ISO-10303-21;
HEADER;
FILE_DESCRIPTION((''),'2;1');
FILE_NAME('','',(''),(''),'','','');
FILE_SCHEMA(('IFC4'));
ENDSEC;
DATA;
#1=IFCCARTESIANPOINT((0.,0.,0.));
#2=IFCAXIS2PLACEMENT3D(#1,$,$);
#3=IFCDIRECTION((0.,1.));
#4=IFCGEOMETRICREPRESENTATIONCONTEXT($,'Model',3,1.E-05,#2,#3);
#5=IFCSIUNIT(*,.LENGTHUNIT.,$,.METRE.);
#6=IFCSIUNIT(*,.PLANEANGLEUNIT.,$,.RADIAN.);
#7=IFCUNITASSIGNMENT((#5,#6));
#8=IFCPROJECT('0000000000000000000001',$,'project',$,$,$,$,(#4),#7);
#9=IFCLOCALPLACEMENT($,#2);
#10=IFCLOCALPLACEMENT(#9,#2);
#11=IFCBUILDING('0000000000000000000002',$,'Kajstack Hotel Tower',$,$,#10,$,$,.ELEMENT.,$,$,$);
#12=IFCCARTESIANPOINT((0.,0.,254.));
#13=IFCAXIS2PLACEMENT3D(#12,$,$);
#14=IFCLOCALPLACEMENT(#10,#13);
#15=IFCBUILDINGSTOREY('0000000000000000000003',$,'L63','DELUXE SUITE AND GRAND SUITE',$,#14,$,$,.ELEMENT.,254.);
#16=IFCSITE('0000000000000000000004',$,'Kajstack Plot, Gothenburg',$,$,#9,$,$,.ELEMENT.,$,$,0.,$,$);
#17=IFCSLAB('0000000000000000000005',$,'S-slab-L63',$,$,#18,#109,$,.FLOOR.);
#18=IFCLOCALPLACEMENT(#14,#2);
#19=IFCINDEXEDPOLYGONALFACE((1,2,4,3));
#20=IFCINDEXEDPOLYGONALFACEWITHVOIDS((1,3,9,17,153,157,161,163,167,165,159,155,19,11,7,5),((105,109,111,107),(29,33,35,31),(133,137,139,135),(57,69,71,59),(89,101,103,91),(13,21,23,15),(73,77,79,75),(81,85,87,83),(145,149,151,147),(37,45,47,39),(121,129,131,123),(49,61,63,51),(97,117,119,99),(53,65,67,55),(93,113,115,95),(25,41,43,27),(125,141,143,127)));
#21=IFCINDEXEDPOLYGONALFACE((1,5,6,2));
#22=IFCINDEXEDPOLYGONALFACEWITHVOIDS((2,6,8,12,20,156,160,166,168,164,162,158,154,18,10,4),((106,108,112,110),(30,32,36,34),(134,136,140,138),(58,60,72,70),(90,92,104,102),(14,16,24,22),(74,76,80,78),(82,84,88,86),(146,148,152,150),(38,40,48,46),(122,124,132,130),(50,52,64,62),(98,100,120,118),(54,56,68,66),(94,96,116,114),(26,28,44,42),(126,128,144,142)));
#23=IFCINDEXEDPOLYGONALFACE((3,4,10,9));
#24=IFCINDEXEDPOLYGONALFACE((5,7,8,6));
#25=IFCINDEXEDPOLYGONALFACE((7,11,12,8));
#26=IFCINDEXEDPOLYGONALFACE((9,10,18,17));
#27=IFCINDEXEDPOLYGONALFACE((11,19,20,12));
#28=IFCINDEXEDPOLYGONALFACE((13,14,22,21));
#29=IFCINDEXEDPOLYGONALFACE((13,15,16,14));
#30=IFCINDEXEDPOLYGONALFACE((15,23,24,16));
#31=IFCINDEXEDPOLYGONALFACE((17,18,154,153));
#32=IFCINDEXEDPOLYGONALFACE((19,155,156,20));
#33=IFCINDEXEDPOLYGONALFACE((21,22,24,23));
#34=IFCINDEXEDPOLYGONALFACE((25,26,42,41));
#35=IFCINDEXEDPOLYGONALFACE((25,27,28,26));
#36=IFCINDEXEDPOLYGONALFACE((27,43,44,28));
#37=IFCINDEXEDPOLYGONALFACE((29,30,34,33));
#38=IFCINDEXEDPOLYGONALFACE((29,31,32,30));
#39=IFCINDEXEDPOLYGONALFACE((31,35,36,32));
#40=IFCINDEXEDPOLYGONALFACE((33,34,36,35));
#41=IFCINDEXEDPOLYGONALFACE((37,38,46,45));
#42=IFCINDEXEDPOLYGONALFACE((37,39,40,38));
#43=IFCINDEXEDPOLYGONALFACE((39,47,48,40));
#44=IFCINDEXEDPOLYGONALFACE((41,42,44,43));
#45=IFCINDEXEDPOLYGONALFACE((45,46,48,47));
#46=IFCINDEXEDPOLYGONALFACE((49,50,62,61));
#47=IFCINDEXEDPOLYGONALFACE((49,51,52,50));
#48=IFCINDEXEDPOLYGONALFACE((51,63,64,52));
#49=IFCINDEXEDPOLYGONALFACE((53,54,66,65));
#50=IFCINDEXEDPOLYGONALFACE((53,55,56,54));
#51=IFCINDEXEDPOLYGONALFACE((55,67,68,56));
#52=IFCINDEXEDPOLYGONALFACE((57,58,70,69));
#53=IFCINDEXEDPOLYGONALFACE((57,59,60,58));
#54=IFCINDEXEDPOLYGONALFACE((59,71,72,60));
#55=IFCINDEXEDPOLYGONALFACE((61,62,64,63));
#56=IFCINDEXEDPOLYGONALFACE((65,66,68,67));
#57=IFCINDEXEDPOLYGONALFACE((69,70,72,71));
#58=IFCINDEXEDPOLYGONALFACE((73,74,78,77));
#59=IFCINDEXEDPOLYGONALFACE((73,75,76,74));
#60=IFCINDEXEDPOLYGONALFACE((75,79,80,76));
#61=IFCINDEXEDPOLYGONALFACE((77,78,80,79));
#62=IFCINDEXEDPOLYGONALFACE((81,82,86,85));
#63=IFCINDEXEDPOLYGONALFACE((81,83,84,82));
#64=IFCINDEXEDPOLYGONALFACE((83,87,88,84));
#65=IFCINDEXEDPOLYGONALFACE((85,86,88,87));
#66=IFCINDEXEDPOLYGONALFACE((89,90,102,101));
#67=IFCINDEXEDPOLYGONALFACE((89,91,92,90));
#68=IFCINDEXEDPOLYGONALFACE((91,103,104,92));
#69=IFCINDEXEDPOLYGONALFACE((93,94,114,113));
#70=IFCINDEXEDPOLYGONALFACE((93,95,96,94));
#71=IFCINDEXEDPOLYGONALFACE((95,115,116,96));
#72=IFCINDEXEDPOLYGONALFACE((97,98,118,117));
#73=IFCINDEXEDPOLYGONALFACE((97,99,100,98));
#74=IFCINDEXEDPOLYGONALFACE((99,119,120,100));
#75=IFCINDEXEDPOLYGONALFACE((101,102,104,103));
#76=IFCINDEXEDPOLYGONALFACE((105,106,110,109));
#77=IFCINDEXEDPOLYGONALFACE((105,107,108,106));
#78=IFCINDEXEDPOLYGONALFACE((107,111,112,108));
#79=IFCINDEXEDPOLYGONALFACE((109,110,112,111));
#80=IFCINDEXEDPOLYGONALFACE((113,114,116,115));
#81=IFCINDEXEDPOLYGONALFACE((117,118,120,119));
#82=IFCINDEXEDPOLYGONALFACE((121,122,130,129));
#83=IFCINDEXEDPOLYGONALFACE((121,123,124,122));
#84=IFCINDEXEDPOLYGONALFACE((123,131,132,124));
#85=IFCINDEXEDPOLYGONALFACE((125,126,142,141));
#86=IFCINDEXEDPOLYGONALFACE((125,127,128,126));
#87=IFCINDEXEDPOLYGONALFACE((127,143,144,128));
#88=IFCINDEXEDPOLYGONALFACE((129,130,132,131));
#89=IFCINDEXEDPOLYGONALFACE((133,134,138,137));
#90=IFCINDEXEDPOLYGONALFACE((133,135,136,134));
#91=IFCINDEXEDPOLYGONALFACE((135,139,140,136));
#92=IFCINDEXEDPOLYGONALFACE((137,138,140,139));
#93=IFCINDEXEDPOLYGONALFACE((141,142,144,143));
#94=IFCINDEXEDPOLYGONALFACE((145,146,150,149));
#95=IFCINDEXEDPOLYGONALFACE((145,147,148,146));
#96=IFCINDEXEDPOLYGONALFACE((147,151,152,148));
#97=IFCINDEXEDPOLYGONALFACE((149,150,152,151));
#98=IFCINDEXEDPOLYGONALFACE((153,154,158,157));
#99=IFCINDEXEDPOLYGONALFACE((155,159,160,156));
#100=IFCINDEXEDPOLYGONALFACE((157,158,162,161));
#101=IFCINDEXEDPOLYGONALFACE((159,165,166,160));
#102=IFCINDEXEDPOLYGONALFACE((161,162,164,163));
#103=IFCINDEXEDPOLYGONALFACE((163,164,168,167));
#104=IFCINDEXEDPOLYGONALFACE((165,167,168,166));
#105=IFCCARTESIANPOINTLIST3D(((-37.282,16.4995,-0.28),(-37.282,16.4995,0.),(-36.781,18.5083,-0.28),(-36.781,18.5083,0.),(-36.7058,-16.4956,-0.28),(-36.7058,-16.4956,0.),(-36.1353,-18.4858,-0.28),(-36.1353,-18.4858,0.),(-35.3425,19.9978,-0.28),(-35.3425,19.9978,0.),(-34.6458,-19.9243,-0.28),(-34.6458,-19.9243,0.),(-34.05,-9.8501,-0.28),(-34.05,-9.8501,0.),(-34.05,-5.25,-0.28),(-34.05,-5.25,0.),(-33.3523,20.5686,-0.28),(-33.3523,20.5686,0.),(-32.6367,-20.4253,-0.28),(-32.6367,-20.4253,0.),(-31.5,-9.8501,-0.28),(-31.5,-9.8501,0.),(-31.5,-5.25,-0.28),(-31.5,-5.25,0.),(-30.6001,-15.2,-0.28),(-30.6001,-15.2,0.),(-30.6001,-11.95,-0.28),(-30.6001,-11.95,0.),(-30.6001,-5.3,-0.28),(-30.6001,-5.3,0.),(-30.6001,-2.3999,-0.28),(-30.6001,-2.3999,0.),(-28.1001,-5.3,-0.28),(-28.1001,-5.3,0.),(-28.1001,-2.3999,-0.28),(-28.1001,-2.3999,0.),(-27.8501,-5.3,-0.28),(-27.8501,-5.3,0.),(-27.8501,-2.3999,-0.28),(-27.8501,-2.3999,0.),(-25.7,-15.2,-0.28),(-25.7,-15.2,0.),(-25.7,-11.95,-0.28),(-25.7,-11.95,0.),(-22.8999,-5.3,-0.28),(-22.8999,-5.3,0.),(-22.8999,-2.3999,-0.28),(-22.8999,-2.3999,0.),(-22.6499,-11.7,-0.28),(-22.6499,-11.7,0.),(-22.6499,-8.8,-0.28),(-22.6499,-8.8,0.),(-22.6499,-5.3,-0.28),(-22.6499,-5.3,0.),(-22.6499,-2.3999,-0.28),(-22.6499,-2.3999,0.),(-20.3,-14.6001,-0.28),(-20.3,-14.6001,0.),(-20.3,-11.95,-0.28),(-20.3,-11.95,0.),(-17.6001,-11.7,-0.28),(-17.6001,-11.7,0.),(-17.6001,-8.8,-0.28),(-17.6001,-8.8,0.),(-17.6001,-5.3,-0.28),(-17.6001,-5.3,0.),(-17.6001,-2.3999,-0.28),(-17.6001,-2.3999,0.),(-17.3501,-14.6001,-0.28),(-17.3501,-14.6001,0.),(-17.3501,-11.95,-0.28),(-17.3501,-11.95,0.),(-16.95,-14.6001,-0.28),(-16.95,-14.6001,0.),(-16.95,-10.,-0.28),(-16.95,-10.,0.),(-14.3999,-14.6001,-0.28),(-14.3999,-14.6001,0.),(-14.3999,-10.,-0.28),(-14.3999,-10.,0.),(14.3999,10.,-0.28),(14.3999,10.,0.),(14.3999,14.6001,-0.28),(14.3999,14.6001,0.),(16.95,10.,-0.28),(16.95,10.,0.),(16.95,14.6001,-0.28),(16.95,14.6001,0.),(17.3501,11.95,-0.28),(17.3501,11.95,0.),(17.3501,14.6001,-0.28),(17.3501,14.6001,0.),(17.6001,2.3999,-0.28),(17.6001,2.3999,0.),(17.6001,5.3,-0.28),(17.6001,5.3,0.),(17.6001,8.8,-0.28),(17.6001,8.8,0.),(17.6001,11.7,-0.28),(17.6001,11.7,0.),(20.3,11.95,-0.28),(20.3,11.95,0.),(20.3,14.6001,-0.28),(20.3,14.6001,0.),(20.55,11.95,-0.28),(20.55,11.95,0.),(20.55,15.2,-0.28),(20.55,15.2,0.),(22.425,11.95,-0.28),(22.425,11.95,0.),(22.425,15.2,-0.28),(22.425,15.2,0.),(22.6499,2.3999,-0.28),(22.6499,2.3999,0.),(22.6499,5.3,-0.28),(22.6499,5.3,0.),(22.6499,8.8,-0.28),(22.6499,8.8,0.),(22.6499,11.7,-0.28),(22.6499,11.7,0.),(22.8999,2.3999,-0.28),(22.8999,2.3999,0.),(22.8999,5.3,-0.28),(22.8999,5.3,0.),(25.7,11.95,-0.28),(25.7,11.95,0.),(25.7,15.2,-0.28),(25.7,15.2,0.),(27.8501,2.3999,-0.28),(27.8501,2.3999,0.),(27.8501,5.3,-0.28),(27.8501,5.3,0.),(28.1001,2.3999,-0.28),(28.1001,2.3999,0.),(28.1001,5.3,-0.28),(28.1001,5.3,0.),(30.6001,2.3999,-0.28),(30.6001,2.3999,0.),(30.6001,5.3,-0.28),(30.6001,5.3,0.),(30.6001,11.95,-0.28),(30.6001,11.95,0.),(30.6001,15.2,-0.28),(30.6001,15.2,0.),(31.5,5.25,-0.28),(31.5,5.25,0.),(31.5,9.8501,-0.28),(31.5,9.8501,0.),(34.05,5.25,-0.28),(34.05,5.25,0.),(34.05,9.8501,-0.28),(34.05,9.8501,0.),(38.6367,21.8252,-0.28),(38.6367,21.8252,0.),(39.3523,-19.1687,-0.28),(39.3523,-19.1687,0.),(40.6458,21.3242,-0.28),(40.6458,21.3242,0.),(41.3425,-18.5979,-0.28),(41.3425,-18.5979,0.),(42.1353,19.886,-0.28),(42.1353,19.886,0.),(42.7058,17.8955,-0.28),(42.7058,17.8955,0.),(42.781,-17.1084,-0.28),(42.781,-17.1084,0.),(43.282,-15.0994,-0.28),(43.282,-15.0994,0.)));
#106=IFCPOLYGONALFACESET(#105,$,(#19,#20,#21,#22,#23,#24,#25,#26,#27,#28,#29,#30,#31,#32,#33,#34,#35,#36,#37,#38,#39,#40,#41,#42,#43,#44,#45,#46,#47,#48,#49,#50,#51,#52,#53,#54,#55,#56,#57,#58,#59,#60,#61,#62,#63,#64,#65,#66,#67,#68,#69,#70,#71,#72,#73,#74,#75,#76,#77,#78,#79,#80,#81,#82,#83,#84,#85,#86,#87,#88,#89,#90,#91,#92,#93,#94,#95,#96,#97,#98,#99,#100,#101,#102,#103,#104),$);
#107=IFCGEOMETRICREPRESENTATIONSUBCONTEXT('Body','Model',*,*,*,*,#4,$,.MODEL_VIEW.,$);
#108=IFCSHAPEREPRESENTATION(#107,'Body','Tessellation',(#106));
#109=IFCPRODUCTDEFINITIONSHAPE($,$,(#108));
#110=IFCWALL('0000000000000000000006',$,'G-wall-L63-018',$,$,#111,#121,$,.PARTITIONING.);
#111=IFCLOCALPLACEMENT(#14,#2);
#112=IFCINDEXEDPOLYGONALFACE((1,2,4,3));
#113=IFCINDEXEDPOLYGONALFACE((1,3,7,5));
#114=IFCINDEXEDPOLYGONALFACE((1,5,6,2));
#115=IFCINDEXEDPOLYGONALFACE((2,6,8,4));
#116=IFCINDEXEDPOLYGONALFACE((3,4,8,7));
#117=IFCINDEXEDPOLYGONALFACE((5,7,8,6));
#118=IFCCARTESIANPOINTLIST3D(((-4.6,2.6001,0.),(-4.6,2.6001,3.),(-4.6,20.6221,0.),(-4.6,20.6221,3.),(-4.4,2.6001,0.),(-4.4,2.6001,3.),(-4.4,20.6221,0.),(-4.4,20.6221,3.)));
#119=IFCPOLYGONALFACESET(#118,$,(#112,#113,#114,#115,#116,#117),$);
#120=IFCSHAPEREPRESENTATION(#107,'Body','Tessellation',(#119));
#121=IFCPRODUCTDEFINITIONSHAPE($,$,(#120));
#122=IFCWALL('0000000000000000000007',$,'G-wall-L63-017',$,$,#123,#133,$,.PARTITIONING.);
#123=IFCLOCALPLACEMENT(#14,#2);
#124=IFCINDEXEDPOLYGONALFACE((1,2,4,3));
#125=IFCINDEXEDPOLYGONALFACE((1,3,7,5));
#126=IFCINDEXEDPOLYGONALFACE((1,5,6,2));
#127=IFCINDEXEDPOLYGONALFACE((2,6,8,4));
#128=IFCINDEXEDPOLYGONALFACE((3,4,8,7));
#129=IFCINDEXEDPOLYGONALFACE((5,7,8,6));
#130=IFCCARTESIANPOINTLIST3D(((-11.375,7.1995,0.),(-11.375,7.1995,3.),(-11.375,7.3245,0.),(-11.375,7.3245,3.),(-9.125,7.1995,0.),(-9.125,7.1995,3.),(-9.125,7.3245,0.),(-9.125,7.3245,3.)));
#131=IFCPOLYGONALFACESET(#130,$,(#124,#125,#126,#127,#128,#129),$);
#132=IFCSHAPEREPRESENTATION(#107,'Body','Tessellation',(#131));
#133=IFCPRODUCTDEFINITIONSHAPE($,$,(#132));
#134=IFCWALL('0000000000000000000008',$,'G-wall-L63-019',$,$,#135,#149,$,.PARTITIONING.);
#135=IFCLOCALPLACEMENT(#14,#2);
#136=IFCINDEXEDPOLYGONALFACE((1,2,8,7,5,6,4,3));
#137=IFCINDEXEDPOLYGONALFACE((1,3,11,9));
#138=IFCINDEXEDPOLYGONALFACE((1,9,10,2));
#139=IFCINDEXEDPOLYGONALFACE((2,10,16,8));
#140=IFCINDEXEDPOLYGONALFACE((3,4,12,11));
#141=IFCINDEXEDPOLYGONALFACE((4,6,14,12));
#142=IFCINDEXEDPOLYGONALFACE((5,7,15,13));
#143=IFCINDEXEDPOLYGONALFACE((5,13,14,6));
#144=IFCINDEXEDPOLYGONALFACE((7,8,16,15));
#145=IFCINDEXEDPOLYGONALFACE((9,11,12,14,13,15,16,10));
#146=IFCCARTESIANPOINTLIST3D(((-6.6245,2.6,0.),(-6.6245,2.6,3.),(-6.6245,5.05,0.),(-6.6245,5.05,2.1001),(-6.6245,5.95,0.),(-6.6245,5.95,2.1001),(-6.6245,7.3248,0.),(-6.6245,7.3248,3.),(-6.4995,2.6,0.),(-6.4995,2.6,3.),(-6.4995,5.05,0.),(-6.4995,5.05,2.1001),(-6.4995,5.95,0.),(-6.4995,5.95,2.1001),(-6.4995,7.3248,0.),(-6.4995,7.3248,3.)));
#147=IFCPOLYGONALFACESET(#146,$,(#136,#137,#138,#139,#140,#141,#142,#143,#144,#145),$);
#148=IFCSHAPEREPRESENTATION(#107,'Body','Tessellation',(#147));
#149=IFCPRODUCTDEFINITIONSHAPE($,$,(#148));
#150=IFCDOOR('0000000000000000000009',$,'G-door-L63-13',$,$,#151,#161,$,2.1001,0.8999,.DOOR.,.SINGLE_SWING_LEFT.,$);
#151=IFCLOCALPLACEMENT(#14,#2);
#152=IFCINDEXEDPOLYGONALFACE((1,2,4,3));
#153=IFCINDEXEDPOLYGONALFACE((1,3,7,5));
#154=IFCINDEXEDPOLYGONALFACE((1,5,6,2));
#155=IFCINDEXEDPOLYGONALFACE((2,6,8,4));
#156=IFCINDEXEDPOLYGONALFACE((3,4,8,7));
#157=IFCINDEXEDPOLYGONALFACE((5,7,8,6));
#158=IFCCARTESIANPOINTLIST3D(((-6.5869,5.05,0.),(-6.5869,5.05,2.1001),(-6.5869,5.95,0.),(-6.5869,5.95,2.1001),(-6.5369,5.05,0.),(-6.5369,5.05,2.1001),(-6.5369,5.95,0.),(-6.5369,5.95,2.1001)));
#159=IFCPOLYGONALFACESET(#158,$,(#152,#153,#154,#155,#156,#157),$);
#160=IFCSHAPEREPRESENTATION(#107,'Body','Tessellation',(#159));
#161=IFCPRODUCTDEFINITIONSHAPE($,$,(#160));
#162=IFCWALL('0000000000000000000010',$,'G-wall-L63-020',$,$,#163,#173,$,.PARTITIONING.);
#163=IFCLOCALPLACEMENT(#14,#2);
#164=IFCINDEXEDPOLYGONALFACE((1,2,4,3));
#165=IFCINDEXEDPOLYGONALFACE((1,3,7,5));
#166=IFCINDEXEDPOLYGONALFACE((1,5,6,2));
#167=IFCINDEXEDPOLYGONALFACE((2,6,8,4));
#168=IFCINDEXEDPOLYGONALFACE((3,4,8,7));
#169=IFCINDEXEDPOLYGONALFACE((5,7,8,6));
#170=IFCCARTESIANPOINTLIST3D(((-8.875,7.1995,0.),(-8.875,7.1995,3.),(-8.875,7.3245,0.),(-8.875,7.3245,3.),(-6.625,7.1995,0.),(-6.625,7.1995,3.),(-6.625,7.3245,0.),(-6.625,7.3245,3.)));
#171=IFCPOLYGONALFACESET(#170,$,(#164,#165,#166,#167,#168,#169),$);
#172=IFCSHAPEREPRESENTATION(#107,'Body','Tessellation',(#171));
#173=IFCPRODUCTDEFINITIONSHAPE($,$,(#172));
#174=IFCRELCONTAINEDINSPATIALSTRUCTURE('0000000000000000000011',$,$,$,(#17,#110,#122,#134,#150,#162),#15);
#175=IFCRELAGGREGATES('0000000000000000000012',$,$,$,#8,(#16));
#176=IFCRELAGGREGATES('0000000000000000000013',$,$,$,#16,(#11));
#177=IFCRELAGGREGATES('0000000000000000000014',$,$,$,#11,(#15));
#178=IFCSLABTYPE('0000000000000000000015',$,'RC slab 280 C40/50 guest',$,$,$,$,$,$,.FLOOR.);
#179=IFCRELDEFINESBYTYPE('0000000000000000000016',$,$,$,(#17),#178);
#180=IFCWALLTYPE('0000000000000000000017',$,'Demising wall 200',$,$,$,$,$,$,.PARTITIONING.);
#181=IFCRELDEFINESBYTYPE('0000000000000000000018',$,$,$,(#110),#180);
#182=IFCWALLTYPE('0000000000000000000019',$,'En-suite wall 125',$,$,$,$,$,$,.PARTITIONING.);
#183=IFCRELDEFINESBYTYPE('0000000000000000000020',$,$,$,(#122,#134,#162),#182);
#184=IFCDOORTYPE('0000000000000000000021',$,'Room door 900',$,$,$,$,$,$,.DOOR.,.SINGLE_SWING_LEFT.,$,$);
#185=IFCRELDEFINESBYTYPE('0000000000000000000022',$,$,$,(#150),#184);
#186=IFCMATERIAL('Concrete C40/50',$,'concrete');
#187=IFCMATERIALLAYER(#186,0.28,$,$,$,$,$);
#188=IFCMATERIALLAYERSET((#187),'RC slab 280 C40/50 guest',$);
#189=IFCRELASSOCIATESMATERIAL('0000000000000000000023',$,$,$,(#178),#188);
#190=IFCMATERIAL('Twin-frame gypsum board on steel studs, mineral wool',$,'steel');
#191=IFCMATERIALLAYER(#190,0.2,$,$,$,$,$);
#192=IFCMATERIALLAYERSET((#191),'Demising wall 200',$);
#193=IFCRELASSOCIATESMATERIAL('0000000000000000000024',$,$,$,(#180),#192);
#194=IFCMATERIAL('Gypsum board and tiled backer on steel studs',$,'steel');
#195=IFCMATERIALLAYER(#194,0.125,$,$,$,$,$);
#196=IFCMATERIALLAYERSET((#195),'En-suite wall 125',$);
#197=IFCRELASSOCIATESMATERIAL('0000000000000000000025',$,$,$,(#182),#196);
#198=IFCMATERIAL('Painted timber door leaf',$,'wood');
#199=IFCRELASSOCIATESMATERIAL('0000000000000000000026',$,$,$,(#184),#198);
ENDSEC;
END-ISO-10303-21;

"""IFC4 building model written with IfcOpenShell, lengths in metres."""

from ifc_helpers import new_model, si_unit, direction, frame, frame_2d, origin, place, context, subcontext, project, spatial, polyline, rectangle, outline, extrude, material, layer, layer_set, type_object, element, fill, save


model = new_model("IFC4")

# Units and contexts
model_context = context("Model", 3, precision=1e-05, world=origin(), true_north=direction((0.0, 1.0)))
body_context = subcontext(model_context, "Body", "Model", "MODEL_VIEW")
ifc_project = project(units=[si_unit("LENGTHUNIT", "METRE"), si_unit("PLANEANGLEUNIT", "RADIAN")], contexts=[model_context])

# Site, building, storey
site_placement = place(None, origin())
site = spatial("IfcSite", under=ifc_project, at=site_placement, Name="Kajstack Plot, Gothenburg", CompositionType="ELEMENT", RefElevation=0.0)
building_placement = place(site_placement, origin())
building = spatial("IfcBuilding", under=site, at=building_placement, Name="Kajstack Hotel Tower", CompositionType="ELEMENT")
storey_placement = place(building_placement, frame((0.0, 0.0, 254.0)))
storey = spatial("IfcBuildingStorey", under=building, at=storey_placement, Name="L63", Description="DELUXE SUITE AND GRAND SUITE", CompositionType="ELEMENT", Elevation=254.0)

# Slab
ifc_material_1 = material(Name="Concrete C40/50", Category="concrete")
ifc_layer_1 = layer(ifc_material_1, 0.28)
ifc_layer_set_1 = layer_set([ifc_layer_1], Name="RC slab 280 C40/50 guest")
slab_type = type_object("IfcSlabType", Name="RC slab 280 C40/50 guest", PredefinedType="FLOOR", material=ifc_layer_set_1)
slab_placement = place(storey_placement, frame((0.0, 0.0, -0.28)))
element("IfcSlab", 1, at=slab_placement, inside=storey, type_object=slab_type, Name="S-slab-L63", PredefinedType="FLOOR", context=body_context, shape_type="SweptSolid", body=[
    extrude(outline(polyline([(-37.282, 16.4995), (-36.7058, -16.4956), (-36.1353, -18.4858), (-34.6458, -19.9243), (-32.6367, -20.4253), (39.3523, -19.1687), (41.3425, -18.5979), (42.781, -17.1084), (43.282, -15.0994), (42.7058, 17.8955), (42.1353, 19.886), (40.6458, 21.3242), (38.6367, 21.8252), (-33.3523, 20.5686), (-35.3425, 19.9978), (-36.781, 18.5083), (-37.282, 16.4995)]), holes=[polyline([(-22.6499, -11.7), (-22.6499, -8.8), (-17.6001, -8.8), (-17.6001, -11.7), (-22.6499, -11.7)]), polyline([(-27.8501, -5.3), (-27.8501, -2.3999), (-22.8999, -2.3999), (-22.8999, -5.3), (-27.8501, -5.3)]), polyline([(-22.6499, -5.3), (-22.6499, -2.3999), (-17.6001, -2.3999), (-17.6001, -5.3), (-22.6499, -5.3)]), polyline([(-20.3, -14.6001), (-17.3501, -14.6001), (-17.3501, -11.95), (-20.3, -11.95), (-20.3, -14.6001)]), polyline([(-30.6001, -5.3), (-28.1001, -5.3), (-28.1001, -2.3999), (-30.6001, -2.3999), (-30.6001, -5.3)]), polyline([(17.6001, 8.8), (17.6001, 11.7), (22.6499, 11.7), (22.6499, 8.8), (17.6001, 8.8)]), polyline([(22.8999, 2.3999), (22.8999, 5.3), (27.8501, 5.3), (27.8501, 2.3999), (22.8999, 2.3999)]), polyline([(17.6001, 2.3999), (17.6001, 5.3), (22.6499, 5.3), (22.6499, 2.3999), (17.6001, 2.3999)]), polyline([(20.3, 14.6001), (17.3501, 14.6001), (17.3501, 11.95), (20.3, 11.95), (20.3, 14.6001)]), polyline([(30.6001, 5.3), (28.1001, 5.3), (28.1001, 2.3999), (30.6001, 2.3999), (30.6001, 5.3)]), polyline([(-34.05, -9.8501), (-31.5, -9.8501), (-31.5, -5.25), (-34.05, -5.25), (-34.05, -9.8501)]), polyline([(-16.95, -14.6001), (-14.3999, -14.6001), (-14.3999, -10.0), (-16.95, -10.0), (-16.95, -14.6001)]), polyline([(-30.6001, -15.2), (-25.7, -15.2), (-25.7, -11.95), (-30.6001, -11.95), (-30.6001, -15.2)]), polyline([(34.05, 9.8501), (31.5, 9.8501), (31.5, 5.25), (34.05, 5.25), (34.05, 9.8501)]), polyline([(16.95, 14.6001), (14.3999, 14.6001), (14.3999, 10.0), (16.95, 10.0), (16.95, 14.6001)]), polyline([(30.6001, 15.2), (25.7, 15.2), (25.7, 11.95), (30.6001, 11.95), (30.6001, 15.2)]), polyline([(22.425, 15.2), (22.425, 11.95), (20.55, 11.95), (20.55, 15.2), (22.425, 15.2)])]), origin(), (0.0, 0.0, 1.0), 0.28),
])

# Walls
ifc_material_2 = material(Name="Twin-frame gypsum board on steel studs, mineral wool", Category="steel")
ifc_layer_2 = layer(ifc_material_2, 0.2)
ifc_layer_set_2 = layer_set([ifc_layer_2], Name="Demising wall 200")
wall_type_1 = type_object("IfcWallType", Name="Demising wall 200", PredefinedType="PARTITIONING", material=ifc_layer_set_2)
wall_1_placement = place(storey_placement, frame((-4.5, 2.6001, 0.0), z_axis=(0.0, 0.0, 1.0), x_axis=(0.0, 1.0, 0.0)))
element("IfcWall", 2, at=wall_1_placement, inside=storey, type_object=wall_type_1, Name="G-wall-L63-018", PredefinedType="PARTITIONING", context=body_context, shape_type="SweptSolid", body=[
    extrude(rectangle(XDim=18.022, YDim=0.2, at=frame_2d((9.011, 0.0))), origin(), (0.0, 0.0, 1.0), 3.0),
])
ifc_material_3 = material(Name="Gypsum board and tiled backer on steel studs", Category="steel")
ifc_layer_3 = layer(ifc_material_3, 0.125)
ifc_layer_set_3 = layer_set([ifc_layer_3], Name="En-suite wall 125")
wall_type_2 = type_object("IfcWallType", Name="En-suite wall 125", PredefinedType="PARTITIONING", material=ifc_layer_set_3)
wall_2_placement = place(storey_placement, frame((-11.375, 7.262, 0.0), z_axis=(0.0, 0.0, 1.0), x_axis=(1.0, 0.0, 0.0)))
element("IfcWall", 3, at=wall_2_placement, inside=storey, type_object=wall_type_2, Name="G-wall-L63-017", PredefinedType="PARTITIONING", context=body_context, shape_type="SweptSolid", body=[
    extrude(rectangle(XDim=2.25, YDim=0.125, at=frame_2d((1.125, 0.0))), origin(), (0.0, 0.0, 1.0), 3.0),
])

# Wall, opening, door
wall_3_placement = place(storey_placement, frame((-6.562, 2.6001, 0.0), z_axis=(0.0, 0.0, 1.0), x_axis=(0.0, 1.0, 0.0)))
wall_3 = element("IfcWall", 4, at=wall_3_placement, inside=storey, type_object=wall_type_2, Name="G-wall-L63-019", PredefinedType="PARTITIONING", context=body_context, shape_type="SweptSolid", body=[
    extrude(rectangle(XDim=4.7249, YDim=0.125, at=frame_2d((2.3623, 0.0))), origin(), (0.0, 0.0, 1.0), 3.0),
])
opening_1_placement = place(wall_3_placement, frame((2.45, 0.0, 0.0)))
opening_1 = element("IfcOpeningElement", 5, at=opening_1_placement, cuts=wall_3, PredefinedType="OPENING", context=body_context, shape_type="SweptSolid", body=[
    extrude(rectangle(XDim=0.8999, YDim=2.1001, at=frame_2d((0.45, 1.05))), frame((0.0, 0.0725, 0.0), z_axis=(0.0, -1.0, 0.0), x_axis=(1.0, 0.0, 0.0)), (0.0, 0.0, 1.0), 0.145),
])
ifc_material_4 = material(Name="Painted timber door leaf", Category="wood")
door_type_1 = type_object("IfcDoorType", Name="Room door 900", OperationType="SINGLE_SWING_LEFT", PredefinedType="DOOR", material=ifc_material_4)
door_1_placement = place(opening_1_placement, origin())
door_1 = element("IfcDoor", 6, at=door_1_placement, inside=storey, type_object=door_type_1, Name="G-door-L63-13", OperationType="SINGLE_SWING_LEFT", OverallHeight=2.1001, OverallWidth=0.8999, PredefinedType="DOOR", context=body_context, shape_type="SweptSolid", body=[
    extrude(rectangle(XDim=0.8999, YDim=2.1001, at=frame_2d((0.45, 1.05))), frame((0.0, 0.0249, 0.0), z_axis=(0.0, -1.0, 0.0), x_axis=(1.0, 0.0, 0.0)), (0.0, 0.0, 1.0), 0.05),
])
fill(opening_1, door_1)

# Wall
wall_4_placement = place(storey_placement, frame((-8.875, 7.262, 0.0), z_axis=(0.0, 0.0, 1.0), x_axis=(1.0, 0.0, 0.0)))
element("IfcWall", 7, at=wall_4_placement, inside=storey, type_object=wall_type_2, Name="G-wall-L63-020", PredefinedType="PARTITIONING", context=body_context, shape_type="SweptSolid", body=[
    extrude(rectangle(XDim=2.25, YDim=0.125, at=frame_2d((1.125, 0.0))), origin(), (0.0, 0.0, 1.0), 3.0),
])

save(model, "model.ifc")
